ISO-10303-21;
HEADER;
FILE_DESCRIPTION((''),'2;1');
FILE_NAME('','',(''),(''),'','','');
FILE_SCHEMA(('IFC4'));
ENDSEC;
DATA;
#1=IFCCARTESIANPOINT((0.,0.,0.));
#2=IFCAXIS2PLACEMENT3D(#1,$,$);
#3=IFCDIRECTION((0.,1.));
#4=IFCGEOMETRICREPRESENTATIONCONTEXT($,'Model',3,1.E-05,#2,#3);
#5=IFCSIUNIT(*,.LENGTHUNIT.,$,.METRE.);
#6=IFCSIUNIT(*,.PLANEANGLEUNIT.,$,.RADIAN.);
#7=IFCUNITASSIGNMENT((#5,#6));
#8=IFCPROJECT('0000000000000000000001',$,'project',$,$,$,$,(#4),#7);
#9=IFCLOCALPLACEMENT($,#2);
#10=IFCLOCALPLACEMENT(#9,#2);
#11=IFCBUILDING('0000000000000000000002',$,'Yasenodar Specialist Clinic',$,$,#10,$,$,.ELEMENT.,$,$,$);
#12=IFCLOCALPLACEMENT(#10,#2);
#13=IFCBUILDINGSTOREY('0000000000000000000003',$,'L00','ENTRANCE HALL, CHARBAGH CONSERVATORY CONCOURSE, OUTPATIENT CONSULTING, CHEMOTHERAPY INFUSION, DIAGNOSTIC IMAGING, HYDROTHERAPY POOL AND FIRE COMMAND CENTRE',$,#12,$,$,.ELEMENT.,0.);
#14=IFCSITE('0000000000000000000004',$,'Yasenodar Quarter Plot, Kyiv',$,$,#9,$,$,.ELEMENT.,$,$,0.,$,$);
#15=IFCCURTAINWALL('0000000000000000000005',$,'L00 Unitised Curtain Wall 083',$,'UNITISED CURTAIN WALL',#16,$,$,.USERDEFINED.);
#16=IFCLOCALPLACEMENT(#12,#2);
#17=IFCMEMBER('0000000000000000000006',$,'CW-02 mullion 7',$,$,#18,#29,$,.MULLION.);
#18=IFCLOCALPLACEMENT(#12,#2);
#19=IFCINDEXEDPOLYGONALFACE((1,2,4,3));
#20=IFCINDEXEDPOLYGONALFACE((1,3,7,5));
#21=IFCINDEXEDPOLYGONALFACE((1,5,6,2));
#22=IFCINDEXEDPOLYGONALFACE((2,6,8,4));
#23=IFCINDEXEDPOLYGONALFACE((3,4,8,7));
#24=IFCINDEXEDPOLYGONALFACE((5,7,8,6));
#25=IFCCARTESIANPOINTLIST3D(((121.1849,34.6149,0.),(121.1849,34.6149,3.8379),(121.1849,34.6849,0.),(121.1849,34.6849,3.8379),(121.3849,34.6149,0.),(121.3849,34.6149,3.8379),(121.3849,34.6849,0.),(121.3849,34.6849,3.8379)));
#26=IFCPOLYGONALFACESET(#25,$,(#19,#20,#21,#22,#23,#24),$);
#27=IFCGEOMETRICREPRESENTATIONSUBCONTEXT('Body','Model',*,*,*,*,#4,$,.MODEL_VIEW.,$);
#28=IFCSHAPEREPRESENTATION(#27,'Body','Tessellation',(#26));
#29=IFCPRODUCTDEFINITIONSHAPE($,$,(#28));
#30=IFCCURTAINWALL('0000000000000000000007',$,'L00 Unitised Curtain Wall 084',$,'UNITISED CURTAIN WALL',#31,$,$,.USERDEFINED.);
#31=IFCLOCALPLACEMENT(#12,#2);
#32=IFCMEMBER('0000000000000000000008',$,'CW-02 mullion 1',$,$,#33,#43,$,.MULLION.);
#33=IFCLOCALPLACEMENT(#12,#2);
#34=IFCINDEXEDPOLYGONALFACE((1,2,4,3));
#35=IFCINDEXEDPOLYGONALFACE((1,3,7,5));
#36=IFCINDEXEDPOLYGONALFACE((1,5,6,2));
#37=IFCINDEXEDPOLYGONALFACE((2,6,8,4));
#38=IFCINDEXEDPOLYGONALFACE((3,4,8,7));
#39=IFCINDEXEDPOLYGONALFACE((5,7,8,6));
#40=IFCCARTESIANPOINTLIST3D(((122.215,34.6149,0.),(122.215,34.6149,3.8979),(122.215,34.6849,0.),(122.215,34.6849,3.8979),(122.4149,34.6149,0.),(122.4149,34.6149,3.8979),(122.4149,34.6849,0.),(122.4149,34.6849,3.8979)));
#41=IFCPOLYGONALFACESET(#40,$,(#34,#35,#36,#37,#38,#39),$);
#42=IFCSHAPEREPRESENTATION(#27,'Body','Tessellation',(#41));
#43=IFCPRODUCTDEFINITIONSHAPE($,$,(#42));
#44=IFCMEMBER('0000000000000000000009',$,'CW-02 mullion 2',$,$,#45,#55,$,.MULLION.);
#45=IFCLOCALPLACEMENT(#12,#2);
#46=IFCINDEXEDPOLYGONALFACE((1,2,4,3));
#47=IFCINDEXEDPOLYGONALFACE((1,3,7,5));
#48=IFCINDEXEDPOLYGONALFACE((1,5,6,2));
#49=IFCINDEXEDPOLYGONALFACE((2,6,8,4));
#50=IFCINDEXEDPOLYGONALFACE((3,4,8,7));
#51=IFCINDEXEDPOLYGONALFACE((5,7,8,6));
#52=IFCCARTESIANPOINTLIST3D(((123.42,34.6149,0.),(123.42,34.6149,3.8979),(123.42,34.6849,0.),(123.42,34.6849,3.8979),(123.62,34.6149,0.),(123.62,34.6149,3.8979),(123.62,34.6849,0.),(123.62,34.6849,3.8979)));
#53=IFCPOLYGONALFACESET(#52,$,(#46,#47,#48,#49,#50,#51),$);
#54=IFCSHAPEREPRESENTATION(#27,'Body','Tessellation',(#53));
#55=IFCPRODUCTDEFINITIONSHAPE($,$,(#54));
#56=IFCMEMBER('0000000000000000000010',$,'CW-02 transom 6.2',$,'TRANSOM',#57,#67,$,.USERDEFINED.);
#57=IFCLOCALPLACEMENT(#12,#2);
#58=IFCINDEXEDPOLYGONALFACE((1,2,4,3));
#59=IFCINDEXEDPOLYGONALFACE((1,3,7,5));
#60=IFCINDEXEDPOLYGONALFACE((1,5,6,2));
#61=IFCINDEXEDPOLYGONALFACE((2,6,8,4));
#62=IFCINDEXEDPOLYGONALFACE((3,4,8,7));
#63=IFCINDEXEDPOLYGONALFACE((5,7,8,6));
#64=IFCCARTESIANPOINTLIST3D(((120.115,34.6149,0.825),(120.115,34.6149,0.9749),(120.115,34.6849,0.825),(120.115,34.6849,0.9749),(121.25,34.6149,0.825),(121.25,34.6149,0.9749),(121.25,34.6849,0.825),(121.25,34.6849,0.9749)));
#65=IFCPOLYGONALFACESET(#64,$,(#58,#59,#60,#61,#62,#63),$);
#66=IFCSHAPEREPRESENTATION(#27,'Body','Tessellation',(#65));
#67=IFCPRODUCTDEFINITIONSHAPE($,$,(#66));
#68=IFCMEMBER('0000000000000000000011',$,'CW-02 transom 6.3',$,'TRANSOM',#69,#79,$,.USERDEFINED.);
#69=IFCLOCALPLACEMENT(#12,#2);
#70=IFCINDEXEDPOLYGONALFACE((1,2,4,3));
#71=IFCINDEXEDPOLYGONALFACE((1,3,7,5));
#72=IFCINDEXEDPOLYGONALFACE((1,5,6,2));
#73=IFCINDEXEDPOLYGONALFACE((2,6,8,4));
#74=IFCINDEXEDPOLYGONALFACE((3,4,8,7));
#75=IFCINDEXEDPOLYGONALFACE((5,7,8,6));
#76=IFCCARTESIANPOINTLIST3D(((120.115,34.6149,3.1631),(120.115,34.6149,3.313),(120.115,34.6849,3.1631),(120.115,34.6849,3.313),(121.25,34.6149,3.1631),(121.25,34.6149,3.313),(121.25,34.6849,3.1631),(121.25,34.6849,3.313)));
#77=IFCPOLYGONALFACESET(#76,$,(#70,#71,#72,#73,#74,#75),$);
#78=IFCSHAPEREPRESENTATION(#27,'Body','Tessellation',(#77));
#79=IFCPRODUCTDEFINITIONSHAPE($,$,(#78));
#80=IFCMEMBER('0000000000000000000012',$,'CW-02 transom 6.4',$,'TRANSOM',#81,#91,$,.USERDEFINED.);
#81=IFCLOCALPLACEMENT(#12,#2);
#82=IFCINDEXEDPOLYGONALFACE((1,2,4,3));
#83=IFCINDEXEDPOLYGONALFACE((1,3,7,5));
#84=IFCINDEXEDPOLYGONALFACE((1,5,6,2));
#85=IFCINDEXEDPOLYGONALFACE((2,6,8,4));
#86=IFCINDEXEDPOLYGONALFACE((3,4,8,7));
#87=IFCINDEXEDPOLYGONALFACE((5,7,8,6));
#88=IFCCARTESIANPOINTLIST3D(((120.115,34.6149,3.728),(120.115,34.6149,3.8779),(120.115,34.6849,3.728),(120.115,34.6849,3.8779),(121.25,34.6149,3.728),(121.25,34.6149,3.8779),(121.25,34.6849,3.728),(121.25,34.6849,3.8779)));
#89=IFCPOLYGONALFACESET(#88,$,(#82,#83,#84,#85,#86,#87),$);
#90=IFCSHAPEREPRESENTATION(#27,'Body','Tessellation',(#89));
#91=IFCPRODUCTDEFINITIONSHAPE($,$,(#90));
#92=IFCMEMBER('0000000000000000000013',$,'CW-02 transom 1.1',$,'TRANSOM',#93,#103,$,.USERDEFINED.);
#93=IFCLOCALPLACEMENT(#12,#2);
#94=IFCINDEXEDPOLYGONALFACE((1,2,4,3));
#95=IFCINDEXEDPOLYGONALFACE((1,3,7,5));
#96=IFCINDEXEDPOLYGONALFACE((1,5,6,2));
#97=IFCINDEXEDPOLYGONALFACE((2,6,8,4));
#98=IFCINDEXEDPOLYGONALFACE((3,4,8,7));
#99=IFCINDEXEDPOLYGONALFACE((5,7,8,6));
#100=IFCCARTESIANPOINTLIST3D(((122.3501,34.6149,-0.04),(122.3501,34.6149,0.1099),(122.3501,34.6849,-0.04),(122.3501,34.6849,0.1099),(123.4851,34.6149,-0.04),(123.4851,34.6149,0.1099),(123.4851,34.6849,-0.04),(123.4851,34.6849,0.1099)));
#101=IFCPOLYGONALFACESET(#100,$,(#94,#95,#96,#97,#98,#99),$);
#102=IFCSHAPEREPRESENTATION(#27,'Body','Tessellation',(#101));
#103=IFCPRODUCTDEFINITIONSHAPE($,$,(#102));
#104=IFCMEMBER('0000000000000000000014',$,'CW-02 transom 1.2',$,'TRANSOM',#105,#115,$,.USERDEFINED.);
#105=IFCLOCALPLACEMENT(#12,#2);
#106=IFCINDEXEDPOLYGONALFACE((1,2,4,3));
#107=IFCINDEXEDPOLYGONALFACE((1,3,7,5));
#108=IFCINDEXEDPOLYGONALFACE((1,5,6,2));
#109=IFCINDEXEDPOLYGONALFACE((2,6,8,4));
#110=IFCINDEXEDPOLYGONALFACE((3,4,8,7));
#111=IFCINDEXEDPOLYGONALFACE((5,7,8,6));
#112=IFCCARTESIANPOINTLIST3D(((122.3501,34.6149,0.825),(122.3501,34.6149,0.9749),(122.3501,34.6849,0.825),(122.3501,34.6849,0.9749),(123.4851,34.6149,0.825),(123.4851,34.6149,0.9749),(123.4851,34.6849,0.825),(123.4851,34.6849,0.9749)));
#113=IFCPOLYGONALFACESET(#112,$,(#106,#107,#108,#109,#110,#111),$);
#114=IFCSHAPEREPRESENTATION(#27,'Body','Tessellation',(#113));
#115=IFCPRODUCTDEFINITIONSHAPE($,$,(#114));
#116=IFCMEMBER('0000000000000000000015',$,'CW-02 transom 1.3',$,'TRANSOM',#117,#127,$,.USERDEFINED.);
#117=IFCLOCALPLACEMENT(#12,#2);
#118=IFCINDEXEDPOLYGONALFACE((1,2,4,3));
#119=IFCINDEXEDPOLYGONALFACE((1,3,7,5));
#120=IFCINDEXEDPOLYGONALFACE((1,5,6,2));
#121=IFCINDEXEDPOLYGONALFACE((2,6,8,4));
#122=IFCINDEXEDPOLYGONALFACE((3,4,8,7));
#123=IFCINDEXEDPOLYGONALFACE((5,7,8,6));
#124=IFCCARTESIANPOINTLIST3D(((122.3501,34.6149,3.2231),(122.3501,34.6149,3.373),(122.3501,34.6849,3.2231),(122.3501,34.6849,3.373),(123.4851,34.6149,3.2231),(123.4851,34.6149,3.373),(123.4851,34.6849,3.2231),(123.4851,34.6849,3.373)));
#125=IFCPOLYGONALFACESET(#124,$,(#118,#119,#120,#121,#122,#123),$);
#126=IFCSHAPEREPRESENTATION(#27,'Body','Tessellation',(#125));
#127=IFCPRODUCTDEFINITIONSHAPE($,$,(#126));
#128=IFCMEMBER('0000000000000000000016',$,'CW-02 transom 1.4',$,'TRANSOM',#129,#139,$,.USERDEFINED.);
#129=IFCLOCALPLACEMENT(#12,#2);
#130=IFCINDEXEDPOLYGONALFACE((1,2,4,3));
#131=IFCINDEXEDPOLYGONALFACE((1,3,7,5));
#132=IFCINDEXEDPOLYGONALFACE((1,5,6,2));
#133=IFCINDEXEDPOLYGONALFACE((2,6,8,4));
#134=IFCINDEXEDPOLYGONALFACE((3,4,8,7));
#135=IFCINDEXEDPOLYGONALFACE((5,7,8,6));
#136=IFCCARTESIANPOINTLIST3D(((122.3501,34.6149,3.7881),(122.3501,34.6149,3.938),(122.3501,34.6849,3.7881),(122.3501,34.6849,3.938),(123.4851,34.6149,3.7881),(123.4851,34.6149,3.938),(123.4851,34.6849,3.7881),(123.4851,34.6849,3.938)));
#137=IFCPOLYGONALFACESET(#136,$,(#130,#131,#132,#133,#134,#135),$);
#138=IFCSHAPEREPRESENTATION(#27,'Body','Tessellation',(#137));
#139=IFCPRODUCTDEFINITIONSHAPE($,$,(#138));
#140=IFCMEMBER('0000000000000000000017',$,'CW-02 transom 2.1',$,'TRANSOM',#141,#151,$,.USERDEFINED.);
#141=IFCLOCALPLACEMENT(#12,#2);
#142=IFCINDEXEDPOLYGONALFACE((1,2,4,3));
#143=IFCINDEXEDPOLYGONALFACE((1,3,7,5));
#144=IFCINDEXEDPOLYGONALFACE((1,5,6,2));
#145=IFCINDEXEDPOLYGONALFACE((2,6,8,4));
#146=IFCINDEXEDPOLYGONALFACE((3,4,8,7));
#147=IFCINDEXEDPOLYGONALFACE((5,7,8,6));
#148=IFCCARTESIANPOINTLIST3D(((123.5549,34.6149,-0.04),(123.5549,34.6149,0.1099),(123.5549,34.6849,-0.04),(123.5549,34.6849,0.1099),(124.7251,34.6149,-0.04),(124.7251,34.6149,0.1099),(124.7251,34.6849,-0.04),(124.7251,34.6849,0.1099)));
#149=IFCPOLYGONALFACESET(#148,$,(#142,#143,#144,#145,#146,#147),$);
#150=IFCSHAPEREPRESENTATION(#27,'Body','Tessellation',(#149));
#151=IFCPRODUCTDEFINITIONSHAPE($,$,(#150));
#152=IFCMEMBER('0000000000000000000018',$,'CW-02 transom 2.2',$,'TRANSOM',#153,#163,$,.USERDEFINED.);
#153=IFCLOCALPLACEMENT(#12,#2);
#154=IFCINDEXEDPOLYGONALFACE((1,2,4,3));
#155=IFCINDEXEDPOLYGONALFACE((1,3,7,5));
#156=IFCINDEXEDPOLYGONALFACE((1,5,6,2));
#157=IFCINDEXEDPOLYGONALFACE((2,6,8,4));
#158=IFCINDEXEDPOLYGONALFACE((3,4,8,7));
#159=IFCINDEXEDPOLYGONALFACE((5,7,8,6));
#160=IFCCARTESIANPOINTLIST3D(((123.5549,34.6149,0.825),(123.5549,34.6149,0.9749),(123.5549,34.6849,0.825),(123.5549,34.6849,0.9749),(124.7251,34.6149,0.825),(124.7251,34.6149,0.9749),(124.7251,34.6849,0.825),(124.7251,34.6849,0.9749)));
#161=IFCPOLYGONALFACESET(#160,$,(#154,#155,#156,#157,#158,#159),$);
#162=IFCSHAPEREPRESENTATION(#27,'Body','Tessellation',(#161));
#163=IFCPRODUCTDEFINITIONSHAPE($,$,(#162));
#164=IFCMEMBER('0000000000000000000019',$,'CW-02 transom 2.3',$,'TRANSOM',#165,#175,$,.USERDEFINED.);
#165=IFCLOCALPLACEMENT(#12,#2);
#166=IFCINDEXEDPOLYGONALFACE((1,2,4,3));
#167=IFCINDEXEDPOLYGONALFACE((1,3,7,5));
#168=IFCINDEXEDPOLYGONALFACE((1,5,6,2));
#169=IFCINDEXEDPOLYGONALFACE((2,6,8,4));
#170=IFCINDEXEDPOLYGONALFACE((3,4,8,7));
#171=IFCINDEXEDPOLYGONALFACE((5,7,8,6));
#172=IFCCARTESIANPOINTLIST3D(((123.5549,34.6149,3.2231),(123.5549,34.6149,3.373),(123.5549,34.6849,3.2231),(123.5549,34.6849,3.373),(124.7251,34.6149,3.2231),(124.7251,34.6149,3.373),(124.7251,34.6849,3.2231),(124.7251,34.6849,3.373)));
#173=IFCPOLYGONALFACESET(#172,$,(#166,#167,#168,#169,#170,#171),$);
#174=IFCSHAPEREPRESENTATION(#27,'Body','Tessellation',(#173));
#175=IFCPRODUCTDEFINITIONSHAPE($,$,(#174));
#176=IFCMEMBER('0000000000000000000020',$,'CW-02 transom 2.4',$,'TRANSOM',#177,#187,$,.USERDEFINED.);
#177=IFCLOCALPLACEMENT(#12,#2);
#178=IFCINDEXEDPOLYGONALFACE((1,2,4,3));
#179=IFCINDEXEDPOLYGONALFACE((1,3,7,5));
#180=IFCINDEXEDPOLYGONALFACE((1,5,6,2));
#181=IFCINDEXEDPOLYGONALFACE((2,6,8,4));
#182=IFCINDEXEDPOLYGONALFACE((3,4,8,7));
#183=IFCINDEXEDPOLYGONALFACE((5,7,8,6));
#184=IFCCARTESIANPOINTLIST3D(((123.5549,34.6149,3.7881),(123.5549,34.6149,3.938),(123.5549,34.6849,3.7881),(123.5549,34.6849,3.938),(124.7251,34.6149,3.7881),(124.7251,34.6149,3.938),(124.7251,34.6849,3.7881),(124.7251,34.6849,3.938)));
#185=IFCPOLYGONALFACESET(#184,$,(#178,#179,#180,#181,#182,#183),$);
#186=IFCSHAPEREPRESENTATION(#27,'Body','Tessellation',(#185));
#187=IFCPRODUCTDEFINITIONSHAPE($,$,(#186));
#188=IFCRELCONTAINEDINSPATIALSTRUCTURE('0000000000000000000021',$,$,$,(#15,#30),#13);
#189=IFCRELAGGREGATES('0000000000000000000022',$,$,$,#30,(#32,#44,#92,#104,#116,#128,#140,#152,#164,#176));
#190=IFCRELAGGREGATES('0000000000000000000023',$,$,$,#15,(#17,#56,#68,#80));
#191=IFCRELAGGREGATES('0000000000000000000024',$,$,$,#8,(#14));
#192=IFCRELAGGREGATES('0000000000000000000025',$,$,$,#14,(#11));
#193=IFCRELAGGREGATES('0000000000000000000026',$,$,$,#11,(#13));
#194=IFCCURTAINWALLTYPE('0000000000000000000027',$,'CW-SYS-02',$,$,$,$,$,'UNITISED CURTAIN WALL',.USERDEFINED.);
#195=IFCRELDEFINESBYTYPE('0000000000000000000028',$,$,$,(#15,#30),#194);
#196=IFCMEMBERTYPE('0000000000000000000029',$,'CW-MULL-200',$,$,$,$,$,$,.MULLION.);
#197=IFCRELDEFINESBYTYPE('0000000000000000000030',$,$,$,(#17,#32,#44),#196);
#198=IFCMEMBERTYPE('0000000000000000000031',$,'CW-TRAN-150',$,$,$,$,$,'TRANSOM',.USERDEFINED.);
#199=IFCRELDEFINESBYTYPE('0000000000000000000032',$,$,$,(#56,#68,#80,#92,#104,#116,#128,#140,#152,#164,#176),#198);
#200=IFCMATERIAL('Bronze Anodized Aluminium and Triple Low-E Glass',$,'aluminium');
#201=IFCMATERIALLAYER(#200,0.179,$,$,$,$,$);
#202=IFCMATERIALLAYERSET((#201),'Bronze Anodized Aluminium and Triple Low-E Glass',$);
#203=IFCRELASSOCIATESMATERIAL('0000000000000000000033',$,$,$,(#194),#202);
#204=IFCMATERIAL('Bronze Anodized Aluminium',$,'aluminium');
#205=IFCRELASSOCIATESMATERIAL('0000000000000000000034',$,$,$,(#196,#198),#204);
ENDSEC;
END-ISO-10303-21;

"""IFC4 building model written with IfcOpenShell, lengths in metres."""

from ifc_helpers import new_model, si_unit, direction, frame, origin, origin_2d, place, context, subcontext, project, spatial, rectangle, extrude, material, layer, layer_set, material_profile, profile_set, type_object, element, aggregate, save


model = new_model("IFC4")

# Units and contexts
model_context = context("Model", 3, precision=1e-05, world=origin(), true_north=direction((0.0, 1.0)))
body_context = subcontext(model_context, "Body", "Model", "MODEL_VIEW")
ifc_project = project(units=[si_unit("LENGTHUNIT", "METRE"), si_unit("PLANEANGLEUNIT", "RADIAN")], contexts=[model_context])

# Site, building, storey
site_placement = place(None, origin())
site = spatial("IfcSite", under=ifc_project, at=site_placement, Name="Yasenodar Quarter Plot, Kyiv", CompositionType="ELEMENT", RefElevation=0.0)
building_placement = place(site_placement, origin())
building = spatial("IfcBuilding", under=site, at=building_placement, Name="Yasenodar Specialist Clinic", CompositionType="ELEMENT")
storey_placement = place(building_placement, origin())
storey = spatial("IfcBuildingStorey", under=building, at=storey_placement, Name="L00", Description="ENTRANCE HALL, CHARBAGH CONSERVATORY CONCOURSE, OUTPATIENT CONSULTING, CHEMOTHERAPY INFUSION, DIAGNOSTIC IMAGING, HYDROTHERAPY POOL AND FIRE COMMAND CENTRE", CompositionType="ELEMENT", Elevation=0.0)

# Curtain wall, member
ifc_material_1 = material(Name="Bronze Anodized Aluminium and Triple Low-E Glass", Category="aluminium")
ifc_layer_1 = layer(ifc_material_1, 0.179)
ifc_layer_set_1 = layer_set([ifc_layer_1], Name="Bronze Anodized Aluminium and Triple Low-E Glass")
curtain_wall_type = type_object("IfcCurtainWallType", Name="CW-SYS-02", ElementType="UNITISED CURTAIN WALL", PredefinedType="USERDEFINED", material=ifc_layer_set_1)
curtain_wall_1_placement = place(storey_placement, origin())
curtain_wall_1 = element("IfcCurtainWall", 1, at=curtain_wall_1_placement, inside=storey, type_object=curtain_wall_type, Name="L00 Unitised Curtain Wall 083", ObjectType="UNITISED CURTAIN WALL", PredefinedType="USERDEFINED")
ifc_material_2 = material(Name="Bronze Anodized Aluminium", Category="aluminium")
ifc_material_profile_1 = material_profile(ifc_material_2, rectangle(XDim=0.0701, YDim=0.2, at=origin_2d()), Name="CW-MULL 70x200")
ifc_profile_set_1 = profile_set([ifc_material_profile_1], Name="Bronze Anodized Aluminium")
member_type_1 = type_object("IfcMemberType", Name="CW-MULL-200", PredefinedType="MULLION", material=ifc_profile_set_1)
member_1_placement = place(storey_placement, frame((121.2849, 34.6499, 0.0), z_axis=(0.0, 0.0, 1.0), x_axis=(0.0, 1.0, 0.0)))
member_1 = element("IfcMember", 2, at=member_1_placement, type_object=member_type_1, Name="CW-02 mullion 7", PredefinedType="MULLION", context=body_context, shape_type="SweptSolid", body=[
    extrude(rectangle(XDim=0.0701, YDim=0.2, at=origin_2d()), origin(), (0.0, 0.0, 1.0), 3.8379),
])

# Curtain wall, members
curtain_wall_2_placement = place(storey_placement, origin())
curtain_wall_2 = element("IfcCurtainWall", 3, at=curtain_wall_2_placement, inside=storey, type_object=curtain_wall_type, Name="L00 Unitised Curtain Wall 084", ObjectType="UNITISED CURTAIN WALL", PredefinedType="USERDEFINED")
member_2_placement = place(storey_placement, frame((122.3149, 34.6499, 0.0), z_axis=(0.0, 0.0, 1.0), x_axis=(0.0, 1.0, 0.0)))
member_2 = element("IfcMember", 4, at=member_2_placement, type_object=member_type_1, Name="CW-02 mullion 1", PredefinedType="MULLION", context=body_context, shape_type="SweptSolid", body=[
    extrude(rectangle(XDim=0.0701, YDim=0.2, at=origin_2d()), origin(), (0.0, 0.0, 1.0), 3.8979),
])
member_3_placement = place(storey_placement, frame((123.52, 34.6499, 0.0), z_axis=(0.0, 0.0, 1.0), x_axis=(0.0, 1.0, 0.0)))
member_3 = element("IfcMember", 5, at=member_3_placement, type_object=member_type_1, Name="CW-02 mullion 2", PredefinedType="MULLION", context=body_context, shape_type="SweptSolid", body=[
    extrude(rectangle(XDim=0.0701, YDim=0.2, at=origin_2d()), origin(), (0.0, 0.0, 1.0), 3.8979),
])

# Members
ifc_material_profile_2 = material_profile(ifc_material_2, rectangle(XDim=0.0701, YDim=0.1499, at=origin_2d()), Name="CW-TRAN 70x150")
ifc_profile_set_2 = profile_set([ifc_material_profile_2], Name="Bronze Anodized Aluminium")
member_type_2 = type_object("IfcMemberType", Name="CW-TRAN-150", ElementType="TRANSOM", PredefinedType="USERDEFINED", material=ifc_profile_set_2)
member_4_placement = place(storey_placement, frame((120.115, 34.6499, 0.8999), z_axis=(1.0, 0.0, 0.0), x_axis=(0.0, 1.0, 0.0)))
member_4 = element("IfcMember", 6, at=member_4_placement, type_object=member_type_2, Name="CW-02 transom 6.2", ObjectType="TRANSOM", PredefinedType="USERDEFINED", context=body_context, shape_type="SweptSolid", body=[
    extrude(rectangle(XDim=0.0701, YDim=0.1499, at=origin_2d()), origin(), (0.0, 0.0, 1.0), 1.135),
])
member_5_placement = place(storey_placement, frame((120.115, 34.6499, 3.238), z_axis=(1.0, 0.0, 0.0), x_axis=(0.0, 1.0, 0.0)))
member_5 = element("IfcMember", 7, at=member_5_placement, type_object=member_type_2, Name="CW-02 transom 6.3", ObjectType="TRANSOM", PredefinedType="USERDEFINED", context=body_context, shape_type="SweptSolid", body=[
    extrude(rectangle(XDim=0.0701, YDim=0.1499, at=origin_2d()), origin(), (0.0, 0.0, 1.0), 1.135),
])
member_6_placement = place(storey_placement, frame((120.115, 34.6499, 3.803), z_axis=(1.0, 0.0, 0.0), x_axis=(0.0, 1.0, 0.0)))
member_6 = element("IfcMember", 8, at=member_6_placement, type_object=member_type_2, Name="CW-02 transom 6.4", ObjectType="TRANSOM", PredefinedType="USERDEFINED", context=body_context, shape_type="SweptSolid", body=[
    extrude(rectangle(XDim=0.0701, YDim=0.1499, at=origin_2d()), origin(), (0.0, 0.0, 1.0), 1.135),
])
member_7_placement = place(storey_placement, frame((122.3501, 34.6499, 0.0349), z_axis=(1.0, 0.0, 0.0), x_axis=(0.0, 1.0, 0.0)))
member_7 = element("IfcMember", 9, at=member_7_placement, type_object=member_type_2, Name="CW-02 transom 1.1", ObjectType="TRANSOM", PredefinedType="USERDEFINED", context=body_context, shape_type="SweptSolid", body=[
    extrude(rectangle(XDim=0.0701, YDim=0.1499, at=origin_2d()), origin(), (0.0, 0.0, 1.0), 1.135),
])
member_8_placement = place(storey_placement, frame((122.3501, 34.6499, 0.8999), z_axis=(1.0, 0.0, 0.0), x_axis=(0.0, 1.0, 0.0)))
member_8 = element("IfcMember", 10, at=member_8_placement, type_object=member_type_2, Name="CW-02 transom 1.2", ObjectType="TRANSOM", PredefinedType="USERDEFINED", context=body_context, shape_type="SweptSolid", body=[
    extrude(rectangle(XDim=0.0701, YDim=0.1499, at=origin_2d()), origin(), (0.0, 0.0, 1.0), 1.135),
])
member_9_placement = place(storey_placement, frame((122.3501, 34.6499, 3.2981), z_axis=(1.0, 0.0, 0.0), x_axis=(0.0, 1.0, 0.0)))
member_9 = element("IfcMember", 11, at=member_9_placement, type_object=member_type_2, Name="CW-02 transom 1.3", ObjectType="TRANSOM", PredefinedType="USERDEFINED", context=body_context, shape_type="SweptSolid", body=[
    extrude(rectangle(XDim=0.0701, YDim=0.1499, at=origin_2d()), origin(), (0.0, 0.0, 1.0), 1.135),
])
member_10_placement = place(storey_placement, frame((122.3501, 34.6499, 3.863), z_axis=(1.0, 0.0, 0.0), x_axis=(0.0, 1.0, 0.0)))
member_10 = element("IfcMember", 12, at=member_10_placement, type_object=member_type_2, Name="CW-02 transom 1.4", ObjectType="TRANSOM", PredefinedType="USERDEFINED", context=body_context, shape_type="SweptSolid", body=[
    extrude(rectangle(XDim=0.0701, YDim=0.1499, at=origin_2d()), origin(), (0.0, 0.0, 1.0), 1.135),
])
member_11_placement = place(storey_placement, frame((123.5549, 34.6499, 0.0349), z_axis=(1.0, 0.0, 0.0), x_axis=(0.0, 1.0, 0.0)))
member_11 = element("IfcMember", 13, at=member_11_placement, type_object=member_type_2, Name="CW-02 transom 2.1", ObjectType="TRANSOM", PredefinedType="USERDEFINED", context=body_context, shape_type="SweptSolid", body=[
    extrude(rectangle(XDim=0.0701, YDim=0.1499, at=origin_2d()), origin(), (0.0, 0.0, 1.0), 1.1702),
])
member_12_placement = place(storey_placement, frame((123.5549, 34.6499, 0.8999), z_axis=(1.0, 0.0, 0.0), x_axis=(0.0, 1.0, 0.0)))
member_12 = element("IfcMember", 14, at=member_12_placement, type_object=member_type_2, Name="CW-02 transom 2.2", ObjectType="TRANSOM", PredefinedType="USERDEFINED", context=body_context, shape_type="SweptSolid", body=[
    extrude(rectangle(XDim=0.0701, YDim=0.1499, at=origin_2d()), origin(), (0.0, 0.0, 1.0), 1.1702),
])
member_13_placement = place(storey_placement, frame((123.5549, 34.6499, 3.2981), z_axis=(1.0, 0.0, 0.0), x_axis=(0.0, 1.0, 0.0)))
member_13 = element("IfcMember", 15, at=member_13_placement, type_object=member_type_2, Name="CW-02 transom 2.3", ObjectType="TRANSOM", PredefinedType="USERDEFINED", context=body_context, shape_type="SweptSolid", body=[
    extrude(rectangle(XDim=0.0701, YDim=0.1499, at=origin_2d()), origin(), (0.0, 0.0, 1.0), 1.1702),
])
member_14_placement = place(storey_placement, frame((123.5549, 34.6499, 3.863), z_axis=(1.0, 0.0, 0.0), x_axis=(0.0, 1.0, 0.0)))
member_14 = element("IfcMember", 16, at=member_14_placement, type_object=member_type_2, Name="CW-02 transom 2.4", ObjectType="TRANSOM", PredefinedType="USERDEFINED", context=body_context, shape_type="SweptSolid", body=[
    extrude(rectangle(XDim=0.0701, YDim=0.1499, at=origin_2d()), origin(), (0.0, 0.0, 1.0), 1.1702),
])

aggregate(curtain_wall_2, [member_2, member_3, member_7, member_8, member_9, member_10, member_11, member_12, member_13, member_14])
aggregate(curtain_wall_1, [member_1, member_4, member_5, member_6])

save(model, "model.ifc")
